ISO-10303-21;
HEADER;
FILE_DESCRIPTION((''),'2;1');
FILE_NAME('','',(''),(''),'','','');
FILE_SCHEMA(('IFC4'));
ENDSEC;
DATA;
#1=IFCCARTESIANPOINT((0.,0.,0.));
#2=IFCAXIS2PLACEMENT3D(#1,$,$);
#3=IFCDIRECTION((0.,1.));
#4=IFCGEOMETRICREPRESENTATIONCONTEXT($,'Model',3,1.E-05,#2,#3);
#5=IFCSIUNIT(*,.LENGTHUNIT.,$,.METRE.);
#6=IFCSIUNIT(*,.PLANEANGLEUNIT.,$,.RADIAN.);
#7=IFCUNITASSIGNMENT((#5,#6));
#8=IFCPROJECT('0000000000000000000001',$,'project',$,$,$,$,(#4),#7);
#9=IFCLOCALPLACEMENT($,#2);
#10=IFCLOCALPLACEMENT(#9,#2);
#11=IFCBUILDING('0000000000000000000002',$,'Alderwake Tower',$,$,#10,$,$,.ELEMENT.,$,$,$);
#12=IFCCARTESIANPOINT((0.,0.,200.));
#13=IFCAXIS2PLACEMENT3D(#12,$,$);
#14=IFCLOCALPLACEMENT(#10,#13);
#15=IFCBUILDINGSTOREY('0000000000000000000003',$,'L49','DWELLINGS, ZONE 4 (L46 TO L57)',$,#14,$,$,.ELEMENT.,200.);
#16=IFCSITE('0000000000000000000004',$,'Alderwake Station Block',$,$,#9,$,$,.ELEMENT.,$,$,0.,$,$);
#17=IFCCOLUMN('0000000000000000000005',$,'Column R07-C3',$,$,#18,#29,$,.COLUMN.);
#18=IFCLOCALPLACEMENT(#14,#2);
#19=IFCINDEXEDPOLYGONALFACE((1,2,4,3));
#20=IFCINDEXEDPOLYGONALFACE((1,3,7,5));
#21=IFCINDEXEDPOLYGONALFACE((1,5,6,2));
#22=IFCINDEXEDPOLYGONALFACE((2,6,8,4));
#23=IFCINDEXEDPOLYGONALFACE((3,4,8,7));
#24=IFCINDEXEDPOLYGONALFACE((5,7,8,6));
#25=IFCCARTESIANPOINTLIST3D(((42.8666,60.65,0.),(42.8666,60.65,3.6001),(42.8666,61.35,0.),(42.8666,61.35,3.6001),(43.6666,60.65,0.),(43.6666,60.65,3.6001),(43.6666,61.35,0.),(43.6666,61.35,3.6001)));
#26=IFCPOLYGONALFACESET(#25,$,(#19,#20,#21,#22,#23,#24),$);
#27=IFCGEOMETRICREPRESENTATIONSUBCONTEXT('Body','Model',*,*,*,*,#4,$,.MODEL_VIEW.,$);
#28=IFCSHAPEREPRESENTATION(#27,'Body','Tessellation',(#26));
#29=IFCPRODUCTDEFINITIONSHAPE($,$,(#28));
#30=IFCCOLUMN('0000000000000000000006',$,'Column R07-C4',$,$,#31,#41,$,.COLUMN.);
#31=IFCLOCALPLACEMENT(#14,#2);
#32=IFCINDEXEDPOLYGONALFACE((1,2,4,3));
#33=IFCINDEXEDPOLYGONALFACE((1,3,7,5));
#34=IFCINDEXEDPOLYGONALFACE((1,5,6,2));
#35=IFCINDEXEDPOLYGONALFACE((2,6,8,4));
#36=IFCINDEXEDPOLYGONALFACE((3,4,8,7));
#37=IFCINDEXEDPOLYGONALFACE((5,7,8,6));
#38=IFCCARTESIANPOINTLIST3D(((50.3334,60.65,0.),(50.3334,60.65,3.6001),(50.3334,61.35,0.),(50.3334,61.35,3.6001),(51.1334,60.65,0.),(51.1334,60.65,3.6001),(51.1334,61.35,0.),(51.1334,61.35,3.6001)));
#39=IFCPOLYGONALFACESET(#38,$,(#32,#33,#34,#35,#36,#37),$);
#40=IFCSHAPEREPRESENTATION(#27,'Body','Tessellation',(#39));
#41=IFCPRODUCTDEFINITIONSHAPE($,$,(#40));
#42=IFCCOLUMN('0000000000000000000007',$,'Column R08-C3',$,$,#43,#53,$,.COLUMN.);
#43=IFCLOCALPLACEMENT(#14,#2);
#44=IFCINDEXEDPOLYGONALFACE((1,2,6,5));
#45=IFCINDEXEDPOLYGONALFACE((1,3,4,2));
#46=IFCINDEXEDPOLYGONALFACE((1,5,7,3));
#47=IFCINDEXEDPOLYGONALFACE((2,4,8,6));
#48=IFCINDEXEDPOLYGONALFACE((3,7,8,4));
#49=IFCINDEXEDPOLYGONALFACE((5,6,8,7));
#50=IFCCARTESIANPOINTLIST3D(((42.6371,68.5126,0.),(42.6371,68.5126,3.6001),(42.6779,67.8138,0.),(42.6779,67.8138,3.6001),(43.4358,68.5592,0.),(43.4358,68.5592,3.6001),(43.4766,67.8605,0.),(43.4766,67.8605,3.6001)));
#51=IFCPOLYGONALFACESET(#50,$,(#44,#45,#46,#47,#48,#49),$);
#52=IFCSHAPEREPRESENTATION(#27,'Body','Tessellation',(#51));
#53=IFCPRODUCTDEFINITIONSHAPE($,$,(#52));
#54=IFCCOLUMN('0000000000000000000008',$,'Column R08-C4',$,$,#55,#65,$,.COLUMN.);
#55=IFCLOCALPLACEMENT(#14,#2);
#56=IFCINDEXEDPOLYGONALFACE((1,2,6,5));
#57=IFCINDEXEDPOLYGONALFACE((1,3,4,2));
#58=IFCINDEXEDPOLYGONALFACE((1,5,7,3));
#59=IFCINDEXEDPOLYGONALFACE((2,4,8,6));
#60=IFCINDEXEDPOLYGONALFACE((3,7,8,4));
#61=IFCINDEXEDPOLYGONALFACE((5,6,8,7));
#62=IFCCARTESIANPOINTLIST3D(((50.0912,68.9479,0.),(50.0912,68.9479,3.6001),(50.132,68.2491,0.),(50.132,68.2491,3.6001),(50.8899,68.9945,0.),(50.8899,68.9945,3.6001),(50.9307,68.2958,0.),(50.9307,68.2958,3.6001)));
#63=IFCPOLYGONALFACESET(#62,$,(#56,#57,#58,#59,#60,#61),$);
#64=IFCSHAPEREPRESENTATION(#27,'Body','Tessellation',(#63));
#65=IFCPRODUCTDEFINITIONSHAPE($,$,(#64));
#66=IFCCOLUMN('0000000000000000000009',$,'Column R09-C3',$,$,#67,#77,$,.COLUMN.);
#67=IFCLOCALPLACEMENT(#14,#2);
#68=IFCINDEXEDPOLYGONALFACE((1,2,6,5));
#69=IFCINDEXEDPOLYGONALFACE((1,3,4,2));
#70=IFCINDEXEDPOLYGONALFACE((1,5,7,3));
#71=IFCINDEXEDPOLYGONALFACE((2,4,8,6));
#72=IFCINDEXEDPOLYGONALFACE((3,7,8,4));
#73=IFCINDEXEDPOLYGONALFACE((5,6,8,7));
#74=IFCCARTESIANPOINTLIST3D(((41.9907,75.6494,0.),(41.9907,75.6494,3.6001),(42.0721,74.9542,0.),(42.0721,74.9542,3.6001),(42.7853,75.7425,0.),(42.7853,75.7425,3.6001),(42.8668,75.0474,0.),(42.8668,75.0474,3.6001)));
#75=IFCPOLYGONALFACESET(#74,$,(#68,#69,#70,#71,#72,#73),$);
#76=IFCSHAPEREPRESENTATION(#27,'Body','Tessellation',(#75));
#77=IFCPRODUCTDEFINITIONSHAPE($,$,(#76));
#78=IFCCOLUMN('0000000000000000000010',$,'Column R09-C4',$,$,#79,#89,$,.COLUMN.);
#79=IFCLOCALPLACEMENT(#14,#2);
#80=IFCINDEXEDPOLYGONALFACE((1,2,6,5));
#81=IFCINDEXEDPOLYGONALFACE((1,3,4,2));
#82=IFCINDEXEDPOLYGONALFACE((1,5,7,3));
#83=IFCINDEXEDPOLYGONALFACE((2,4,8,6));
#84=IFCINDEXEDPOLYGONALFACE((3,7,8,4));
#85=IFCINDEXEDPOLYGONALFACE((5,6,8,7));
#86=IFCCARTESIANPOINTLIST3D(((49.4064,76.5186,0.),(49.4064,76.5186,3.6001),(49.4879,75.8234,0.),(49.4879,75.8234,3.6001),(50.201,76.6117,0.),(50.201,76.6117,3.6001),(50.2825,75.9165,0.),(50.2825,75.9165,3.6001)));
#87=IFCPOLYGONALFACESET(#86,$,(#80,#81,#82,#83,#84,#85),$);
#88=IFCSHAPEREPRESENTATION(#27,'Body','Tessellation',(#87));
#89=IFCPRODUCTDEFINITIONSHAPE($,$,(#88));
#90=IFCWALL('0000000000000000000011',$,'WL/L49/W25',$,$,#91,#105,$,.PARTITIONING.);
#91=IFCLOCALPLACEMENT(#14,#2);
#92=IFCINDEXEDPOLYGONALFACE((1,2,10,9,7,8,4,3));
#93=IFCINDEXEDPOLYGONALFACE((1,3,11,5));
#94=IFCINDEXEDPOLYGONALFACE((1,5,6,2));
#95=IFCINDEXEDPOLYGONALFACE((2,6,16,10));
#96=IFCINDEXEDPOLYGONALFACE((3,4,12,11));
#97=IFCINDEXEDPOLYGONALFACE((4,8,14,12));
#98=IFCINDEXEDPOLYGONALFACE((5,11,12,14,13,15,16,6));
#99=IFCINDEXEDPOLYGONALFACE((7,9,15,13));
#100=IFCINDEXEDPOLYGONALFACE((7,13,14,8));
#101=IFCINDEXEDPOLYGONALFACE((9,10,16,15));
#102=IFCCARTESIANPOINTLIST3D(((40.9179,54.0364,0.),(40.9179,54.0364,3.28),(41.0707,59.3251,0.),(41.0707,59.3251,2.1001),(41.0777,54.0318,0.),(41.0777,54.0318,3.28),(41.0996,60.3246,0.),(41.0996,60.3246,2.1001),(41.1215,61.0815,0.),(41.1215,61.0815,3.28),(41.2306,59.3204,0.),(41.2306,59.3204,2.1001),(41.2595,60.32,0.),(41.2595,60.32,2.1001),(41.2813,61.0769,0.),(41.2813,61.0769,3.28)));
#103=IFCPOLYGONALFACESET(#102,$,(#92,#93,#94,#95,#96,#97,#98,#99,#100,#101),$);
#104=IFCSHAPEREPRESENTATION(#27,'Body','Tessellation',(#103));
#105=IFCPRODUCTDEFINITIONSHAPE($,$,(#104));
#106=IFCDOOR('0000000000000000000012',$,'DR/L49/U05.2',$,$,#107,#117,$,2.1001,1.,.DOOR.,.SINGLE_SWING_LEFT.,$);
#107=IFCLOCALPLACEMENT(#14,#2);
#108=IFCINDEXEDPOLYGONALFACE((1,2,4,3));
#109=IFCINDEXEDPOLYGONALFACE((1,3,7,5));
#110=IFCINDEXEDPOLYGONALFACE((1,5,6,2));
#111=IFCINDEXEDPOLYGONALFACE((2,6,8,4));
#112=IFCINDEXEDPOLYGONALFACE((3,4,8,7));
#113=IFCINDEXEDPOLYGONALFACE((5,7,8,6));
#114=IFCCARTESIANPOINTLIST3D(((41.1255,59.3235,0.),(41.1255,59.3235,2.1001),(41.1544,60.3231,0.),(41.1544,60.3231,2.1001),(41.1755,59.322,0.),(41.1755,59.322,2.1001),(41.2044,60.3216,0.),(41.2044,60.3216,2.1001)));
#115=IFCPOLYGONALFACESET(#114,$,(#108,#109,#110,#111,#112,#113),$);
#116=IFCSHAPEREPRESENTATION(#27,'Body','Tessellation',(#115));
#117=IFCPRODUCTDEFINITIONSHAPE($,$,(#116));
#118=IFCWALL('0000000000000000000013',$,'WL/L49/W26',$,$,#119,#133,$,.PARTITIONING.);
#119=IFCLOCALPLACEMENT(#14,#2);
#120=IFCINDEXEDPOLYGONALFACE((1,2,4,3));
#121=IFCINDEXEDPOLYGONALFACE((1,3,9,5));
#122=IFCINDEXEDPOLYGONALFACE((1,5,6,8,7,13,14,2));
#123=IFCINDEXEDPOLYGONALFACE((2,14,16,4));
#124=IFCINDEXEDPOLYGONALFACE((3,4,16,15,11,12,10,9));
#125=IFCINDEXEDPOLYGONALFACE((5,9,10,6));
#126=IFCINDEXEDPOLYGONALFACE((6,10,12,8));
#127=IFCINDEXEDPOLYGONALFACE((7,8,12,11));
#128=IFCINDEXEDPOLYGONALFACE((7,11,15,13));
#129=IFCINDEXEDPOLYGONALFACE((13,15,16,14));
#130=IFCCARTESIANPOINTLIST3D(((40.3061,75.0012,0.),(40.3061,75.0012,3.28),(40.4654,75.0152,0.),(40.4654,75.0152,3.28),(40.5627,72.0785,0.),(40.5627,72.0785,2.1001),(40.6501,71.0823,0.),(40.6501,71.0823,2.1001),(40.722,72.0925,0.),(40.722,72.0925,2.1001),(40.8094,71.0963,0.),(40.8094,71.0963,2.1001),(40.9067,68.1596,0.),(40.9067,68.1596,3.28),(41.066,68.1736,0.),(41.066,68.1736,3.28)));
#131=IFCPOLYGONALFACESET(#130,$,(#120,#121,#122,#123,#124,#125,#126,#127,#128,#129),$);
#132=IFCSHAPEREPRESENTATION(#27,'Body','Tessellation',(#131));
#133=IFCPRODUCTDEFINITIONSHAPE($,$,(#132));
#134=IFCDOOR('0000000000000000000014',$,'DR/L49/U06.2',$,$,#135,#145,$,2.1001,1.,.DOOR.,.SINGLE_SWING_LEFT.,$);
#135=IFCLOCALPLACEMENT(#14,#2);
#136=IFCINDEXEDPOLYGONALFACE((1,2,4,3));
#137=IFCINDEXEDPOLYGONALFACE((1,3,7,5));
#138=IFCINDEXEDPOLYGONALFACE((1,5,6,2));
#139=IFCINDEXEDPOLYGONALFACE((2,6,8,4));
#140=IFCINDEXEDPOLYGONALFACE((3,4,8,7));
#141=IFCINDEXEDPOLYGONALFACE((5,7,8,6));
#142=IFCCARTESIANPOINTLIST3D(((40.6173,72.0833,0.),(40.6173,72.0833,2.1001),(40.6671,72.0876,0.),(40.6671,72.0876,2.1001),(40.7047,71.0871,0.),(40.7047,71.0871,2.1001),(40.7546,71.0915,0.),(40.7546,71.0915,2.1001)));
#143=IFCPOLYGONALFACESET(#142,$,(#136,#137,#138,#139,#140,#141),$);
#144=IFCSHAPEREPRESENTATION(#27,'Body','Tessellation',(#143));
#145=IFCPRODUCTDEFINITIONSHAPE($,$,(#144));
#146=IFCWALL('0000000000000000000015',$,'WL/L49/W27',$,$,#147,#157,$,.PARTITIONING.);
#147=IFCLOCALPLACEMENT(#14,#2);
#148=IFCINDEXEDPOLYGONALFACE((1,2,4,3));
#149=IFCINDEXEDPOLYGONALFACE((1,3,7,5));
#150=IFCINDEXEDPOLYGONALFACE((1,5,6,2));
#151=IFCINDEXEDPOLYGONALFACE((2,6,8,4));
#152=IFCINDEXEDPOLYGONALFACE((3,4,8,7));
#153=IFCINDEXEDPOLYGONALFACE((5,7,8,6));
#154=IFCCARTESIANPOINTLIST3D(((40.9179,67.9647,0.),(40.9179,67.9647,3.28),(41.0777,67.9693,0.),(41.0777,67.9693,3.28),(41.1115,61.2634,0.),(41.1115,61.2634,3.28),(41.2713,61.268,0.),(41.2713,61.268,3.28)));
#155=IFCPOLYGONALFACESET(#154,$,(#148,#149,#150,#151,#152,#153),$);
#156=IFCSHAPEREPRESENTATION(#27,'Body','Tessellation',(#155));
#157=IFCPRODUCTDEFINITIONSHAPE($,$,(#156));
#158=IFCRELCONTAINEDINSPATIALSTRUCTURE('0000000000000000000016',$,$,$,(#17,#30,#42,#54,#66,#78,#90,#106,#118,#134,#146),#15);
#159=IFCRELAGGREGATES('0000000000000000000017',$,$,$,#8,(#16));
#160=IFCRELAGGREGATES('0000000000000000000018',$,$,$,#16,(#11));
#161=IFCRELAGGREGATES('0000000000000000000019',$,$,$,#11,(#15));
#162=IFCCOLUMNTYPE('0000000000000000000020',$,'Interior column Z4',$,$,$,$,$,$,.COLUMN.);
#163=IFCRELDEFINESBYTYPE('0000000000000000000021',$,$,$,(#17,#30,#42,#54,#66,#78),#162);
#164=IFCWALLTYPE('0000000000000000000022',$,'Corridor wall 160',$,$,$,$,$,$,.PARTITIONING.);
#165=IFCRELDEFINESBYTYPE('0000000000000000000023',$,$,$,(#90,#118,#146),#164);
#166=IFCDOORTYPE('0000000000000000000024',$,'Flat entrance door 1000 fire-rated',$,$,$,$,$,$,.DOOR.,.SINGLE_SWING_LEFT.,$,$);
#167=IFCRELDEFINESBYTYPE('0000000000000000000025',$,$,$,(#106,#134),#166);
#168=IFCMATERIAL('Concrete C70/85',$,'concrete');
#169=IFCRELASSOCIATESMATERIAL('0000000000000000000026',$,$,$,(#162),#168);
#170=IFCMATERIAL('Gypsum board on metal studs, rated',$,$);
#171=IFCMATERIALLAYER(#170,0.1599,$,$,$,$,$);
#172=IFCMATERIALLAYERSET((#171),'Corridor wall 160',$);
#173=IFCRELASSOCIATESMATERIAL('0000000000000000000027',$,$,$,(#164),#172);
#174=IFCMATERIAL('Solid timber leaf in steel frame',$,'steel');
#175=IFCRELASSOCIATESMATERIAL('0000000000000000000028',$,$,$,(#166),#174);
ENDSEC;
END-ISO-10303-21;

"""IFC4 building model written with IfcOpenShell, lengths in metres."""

from ifc_helpers import new_model, si_unit, direction, frame, frame_2d, origin, origin_2d, place, context, subcontext, project, spatial, rectangle, extrude, material, layer, layer_set, material_profile, profile_set, type_object, element, fill, save


model = new_model("IFC4")

# Units and contexts
model_context = context("Model", 3, precision=1e-05, world=origin(), true_north=direction((0.0, 1.0)))
body_context = subcontext(model_context, "Body", "Model", "MODEL_VIEW")
ifc_project = project(units=[si_unit("LENGTHUNIT", "METRE"), si_unit("PLANEANGLEUNIT", "RADIAN")], contexts=[model_context])

# Site, building, storey
site_placement = place(None, origin())
site = spatial("IfcSite", under=ifc_project, at=site_placement, Name="Alderwake Station Block", CompositionType="ELEMENT", RefElevation=0.0)
building_placement = place(site_placement, origin())
building = spatial("IfcBuilding", under=site, at=building_placement, Name="Alderwake Tower", CompositionType="ELEMENT")
storey_placement = place(building_placement, frame((0.0, 0.0, 200.0)))
storey = spatial("IfcBuildingStorey", under=building, at=storey_placement, Name="L49", Description="DWELLINGS, ZONE 4 (L46 TO L57)", CompositionType="ELEMENT", Elevation=200.0)

# Columns
ifc_material_1 = material(Name="Concrete C70/85", Category="concrete")
ifc_material_profile = material_profile(ifc_material_1, rectangle(XDim=0.7, YDim=0.8, at=origin_2d()), Name="RC 800X700")
ifc_profile_set = profile_set([ifc_material_profile], Name="Concrete C70/85")
column_type = type_object("IfcColumnType", Name="Interior column Z4", PredefinedType="COLUMN", material=ifc_profile_set)
for number, where, z_axis, x_axis, name in (
    (1, (43.2666, 61.0, 0.0), (0.0, 0.0, 1.0), (0.0, 1.0, 0.0), "Column R07-C3"),
    (2, (50.7334, 61.0, 0.0), (0.0, 0.0, 1.0), (0.0, 1.0, 0.0), "Column R07-C4"),
    (3, (43.0569, 68.1865, 0.0), (0.0, 0.0, 1.0), (-0.058301, 0.998299, 0.0), "Column R08-C3"),
    (4, (50.511, 68.6218, 0.0), (0.0, 0.0, 1.0), (-0.058301, 0.998299, 0.0), "Column R08-C4"),
    (5, (42.4287, 75.3484, 0.0), (0.0, 0.0, 1.0), (-0.116402, 0.993202, 0.0), "Column R09-C3"),
    (6, (49.8445, 76.2175, 0.0), (0.0, 0.0, 1.0), (-0.116402, 0.993202, 0.0), "Column R09-C4"),
):
    element("IfcColumn", number, at=place(storey_placement, frame(where, z_axis=z_axis, x_axis=x_axis)), inside=storey, type_object=column_type, Name=name, PredefinedType="COLUMN", context=body_context, shape_type="SweptSolid", body=[
        extrude(rectangle(XDim=0.7, YDim=0.8, at=origin_2d()), origin(), (0.0, 0.0, 1.0), 3.6001),
    ])

# Walls, openings, doors
ifc_material_2 = material(Name="Gypsum board on metal studs, rated")
ifc_layer_1 = layer(ifc_material_2, 0.1599)
ifc_layer_set_1 = layer_set([ifc_layer_1], Name="Corridor wall 160")
wall_type_1 = type_object("IfcWallType", Name="Corridor wall 160", PredefinedType="PARTITIONING", material=ifc_layer_set_1)
wall_1_placement = place(storey_placement, frame((41.2014, 61.0791, 0.0), z_axis=(0.0, 0.0, 1.0), x_axis=(-0.028889, -0.999583, 0.0)))
wall_1 = element("IfcWall", 7, at=wall_1_placement, inside=storey, type_object=wall_type_1, Name="WL/L49/W25", PredefinedType="PARTITIONING", context=body_context, shape_type="SweptSolid", body=[
    extrude(rectangle(XDim=7.0481, YDim=0.1599, at=frame_2d((3.5239, 0.0))), origin(), (0.0, 0.0, 1.0), 3.28),
])
opening_1_placement = place(wall_1_placement, frame((0.7571, 0.0, 0.0)))
opening_1 = element("IfcOpeningElement", 8, at=opening_1_placement, cuts=wall_1, PredefinedType="OPENING", context=body_context, shape_type="SweptSolid", body=[
    extrude(rectangle(XDim=1.0, YDim=2.1001, at=frame_2d((0.5, 1.05))), frame((0.0, 0.0898, 0.0), z_axis=(0.0, -1.0, 0.0), x_axis=(1.0, 0.0, 0.0)), (0.0, 0.0, 1.0), 0.1799),
])
ifc_material_3 = material(Name="Solid timber leaf in steel frame", Category="steel")
door_type_1 = type_object("IfcDoorType", Name="Flat entrance door 1000 fire-rated", OperationType="SINGLE_SWING_LEFT", PredefinedType="DOOR", material=ifc_material_3)
door_1_placement = place(opening_1_placement, origin())
door_1 = element("IfcDoor", 9, at=door_1_placement, inside=storey, type_object=door_type_1, Name="DR/L49/U05.2", OperationType="SINGLE_SWING_LEFT", OverallHeight=2.1001, OverallWidth=1.0, PredefinedType="DOOR", context=body_context, shape_type="SweptSolid", body=[
    extrude(rectangle(XDim=1.0, YDim=2.1001, at=frame_2d((0.5, 1.05))), frame((0.0, 0.0249, 0.0), z_axis=(0.0, -1.0, 0.0), x_axis=(1.0, 0.0, 0.0)), (0.0, 0.0, 1.0), 0.05),
])
fill(opening_1, door_1)
wall_2_placement = place(storey_placement, frame((40.3857, 75.0083, 0.0), z_axis=(0.0, 0.0, 1.0), x_axis=(0.087449, -0.996169, 0.0)))
wall_2 = element("IfcWall", 10, at=wall_2_placement, inside=storey, type_object=wall_type_1, Name="WL/L49/W26", PredefinedType="PARTITIONING", context=body_context, shape_type="SweptSolid", body=[
    extrude(rectangle(XDim=6.8679, YDim=0.1599, at=frame_2d((3.4341, 0.0))), origin(), (0.0, 0.0, 1.0), 3.28),
])
opening_2_placement = place(wall_2_placement, frame((2.9341, 0.0, 0.0)))
opening_2 = element("IfcOpeningElement", 11, at=opening_2_placement, cuts=wall_2, PredefinedType="OPENING", context=body_context, shape_type="SweptSolid", body=[
    extrude(rectangle(XDim=1.0, YDim=2.1001, at=frame_2d((0.5, 1.05))), frame((0.0, 0.0898, 0.0), z_axis=(0.0, -1.0, 0.0), x_axis=(1.0, 0.0, 0.0)), (0.0, 0.0, 1.0), 0.1799),
])
door_2_placement = place(opening_2_placement, origin())
door_2 = element("IfcDoor", 12, at=door_2_placement, inside=storey, type_object=door_type_1, Name="DR/L49/U06.2", OperationType="SINGLE_SWING_LEFT", OverallHeight=2.1001, OverallWidth=1.0, PredefinedType="DOOR", context=body_context, shape_type="SweptSolid", body=[
    extrude(rectangle(XDim=1.0, YDim=2.1001, at=frame_2d((0.5, 1.05))), frame((0.0, 0.0249, 0.0), z_axis=(0.0, -1.0, 0.0), x_axis=(1.0, 0.0, 0.0)), (0.0, 0.0, 1.0), 0.05),
])
fill(opening_2, door_2)

# Wall
wall_3_placement = place(storey_placement, frame((40.9978, 67.967, 0.0), z_axis=(0.0, 0.0, 1.0), x_axis=(0.028878, -0.999583, 0.0)))
element("IfcWall", 13, at=wall_3_placement, inside=storey, type_object=wall_type_1, Name="WL/L49/W27", PredefinedType="PARTITIONING", context=body_context, shape_type="SweptSolid", body=[
    extrude(rectangle(XDim=6.7041, YDim=0.1599, at=frame_2d((3.3521, 0.0))), origin(), (0.0, 0.0, 1.0), 3.28),
])

save(model, "model.ifc")
